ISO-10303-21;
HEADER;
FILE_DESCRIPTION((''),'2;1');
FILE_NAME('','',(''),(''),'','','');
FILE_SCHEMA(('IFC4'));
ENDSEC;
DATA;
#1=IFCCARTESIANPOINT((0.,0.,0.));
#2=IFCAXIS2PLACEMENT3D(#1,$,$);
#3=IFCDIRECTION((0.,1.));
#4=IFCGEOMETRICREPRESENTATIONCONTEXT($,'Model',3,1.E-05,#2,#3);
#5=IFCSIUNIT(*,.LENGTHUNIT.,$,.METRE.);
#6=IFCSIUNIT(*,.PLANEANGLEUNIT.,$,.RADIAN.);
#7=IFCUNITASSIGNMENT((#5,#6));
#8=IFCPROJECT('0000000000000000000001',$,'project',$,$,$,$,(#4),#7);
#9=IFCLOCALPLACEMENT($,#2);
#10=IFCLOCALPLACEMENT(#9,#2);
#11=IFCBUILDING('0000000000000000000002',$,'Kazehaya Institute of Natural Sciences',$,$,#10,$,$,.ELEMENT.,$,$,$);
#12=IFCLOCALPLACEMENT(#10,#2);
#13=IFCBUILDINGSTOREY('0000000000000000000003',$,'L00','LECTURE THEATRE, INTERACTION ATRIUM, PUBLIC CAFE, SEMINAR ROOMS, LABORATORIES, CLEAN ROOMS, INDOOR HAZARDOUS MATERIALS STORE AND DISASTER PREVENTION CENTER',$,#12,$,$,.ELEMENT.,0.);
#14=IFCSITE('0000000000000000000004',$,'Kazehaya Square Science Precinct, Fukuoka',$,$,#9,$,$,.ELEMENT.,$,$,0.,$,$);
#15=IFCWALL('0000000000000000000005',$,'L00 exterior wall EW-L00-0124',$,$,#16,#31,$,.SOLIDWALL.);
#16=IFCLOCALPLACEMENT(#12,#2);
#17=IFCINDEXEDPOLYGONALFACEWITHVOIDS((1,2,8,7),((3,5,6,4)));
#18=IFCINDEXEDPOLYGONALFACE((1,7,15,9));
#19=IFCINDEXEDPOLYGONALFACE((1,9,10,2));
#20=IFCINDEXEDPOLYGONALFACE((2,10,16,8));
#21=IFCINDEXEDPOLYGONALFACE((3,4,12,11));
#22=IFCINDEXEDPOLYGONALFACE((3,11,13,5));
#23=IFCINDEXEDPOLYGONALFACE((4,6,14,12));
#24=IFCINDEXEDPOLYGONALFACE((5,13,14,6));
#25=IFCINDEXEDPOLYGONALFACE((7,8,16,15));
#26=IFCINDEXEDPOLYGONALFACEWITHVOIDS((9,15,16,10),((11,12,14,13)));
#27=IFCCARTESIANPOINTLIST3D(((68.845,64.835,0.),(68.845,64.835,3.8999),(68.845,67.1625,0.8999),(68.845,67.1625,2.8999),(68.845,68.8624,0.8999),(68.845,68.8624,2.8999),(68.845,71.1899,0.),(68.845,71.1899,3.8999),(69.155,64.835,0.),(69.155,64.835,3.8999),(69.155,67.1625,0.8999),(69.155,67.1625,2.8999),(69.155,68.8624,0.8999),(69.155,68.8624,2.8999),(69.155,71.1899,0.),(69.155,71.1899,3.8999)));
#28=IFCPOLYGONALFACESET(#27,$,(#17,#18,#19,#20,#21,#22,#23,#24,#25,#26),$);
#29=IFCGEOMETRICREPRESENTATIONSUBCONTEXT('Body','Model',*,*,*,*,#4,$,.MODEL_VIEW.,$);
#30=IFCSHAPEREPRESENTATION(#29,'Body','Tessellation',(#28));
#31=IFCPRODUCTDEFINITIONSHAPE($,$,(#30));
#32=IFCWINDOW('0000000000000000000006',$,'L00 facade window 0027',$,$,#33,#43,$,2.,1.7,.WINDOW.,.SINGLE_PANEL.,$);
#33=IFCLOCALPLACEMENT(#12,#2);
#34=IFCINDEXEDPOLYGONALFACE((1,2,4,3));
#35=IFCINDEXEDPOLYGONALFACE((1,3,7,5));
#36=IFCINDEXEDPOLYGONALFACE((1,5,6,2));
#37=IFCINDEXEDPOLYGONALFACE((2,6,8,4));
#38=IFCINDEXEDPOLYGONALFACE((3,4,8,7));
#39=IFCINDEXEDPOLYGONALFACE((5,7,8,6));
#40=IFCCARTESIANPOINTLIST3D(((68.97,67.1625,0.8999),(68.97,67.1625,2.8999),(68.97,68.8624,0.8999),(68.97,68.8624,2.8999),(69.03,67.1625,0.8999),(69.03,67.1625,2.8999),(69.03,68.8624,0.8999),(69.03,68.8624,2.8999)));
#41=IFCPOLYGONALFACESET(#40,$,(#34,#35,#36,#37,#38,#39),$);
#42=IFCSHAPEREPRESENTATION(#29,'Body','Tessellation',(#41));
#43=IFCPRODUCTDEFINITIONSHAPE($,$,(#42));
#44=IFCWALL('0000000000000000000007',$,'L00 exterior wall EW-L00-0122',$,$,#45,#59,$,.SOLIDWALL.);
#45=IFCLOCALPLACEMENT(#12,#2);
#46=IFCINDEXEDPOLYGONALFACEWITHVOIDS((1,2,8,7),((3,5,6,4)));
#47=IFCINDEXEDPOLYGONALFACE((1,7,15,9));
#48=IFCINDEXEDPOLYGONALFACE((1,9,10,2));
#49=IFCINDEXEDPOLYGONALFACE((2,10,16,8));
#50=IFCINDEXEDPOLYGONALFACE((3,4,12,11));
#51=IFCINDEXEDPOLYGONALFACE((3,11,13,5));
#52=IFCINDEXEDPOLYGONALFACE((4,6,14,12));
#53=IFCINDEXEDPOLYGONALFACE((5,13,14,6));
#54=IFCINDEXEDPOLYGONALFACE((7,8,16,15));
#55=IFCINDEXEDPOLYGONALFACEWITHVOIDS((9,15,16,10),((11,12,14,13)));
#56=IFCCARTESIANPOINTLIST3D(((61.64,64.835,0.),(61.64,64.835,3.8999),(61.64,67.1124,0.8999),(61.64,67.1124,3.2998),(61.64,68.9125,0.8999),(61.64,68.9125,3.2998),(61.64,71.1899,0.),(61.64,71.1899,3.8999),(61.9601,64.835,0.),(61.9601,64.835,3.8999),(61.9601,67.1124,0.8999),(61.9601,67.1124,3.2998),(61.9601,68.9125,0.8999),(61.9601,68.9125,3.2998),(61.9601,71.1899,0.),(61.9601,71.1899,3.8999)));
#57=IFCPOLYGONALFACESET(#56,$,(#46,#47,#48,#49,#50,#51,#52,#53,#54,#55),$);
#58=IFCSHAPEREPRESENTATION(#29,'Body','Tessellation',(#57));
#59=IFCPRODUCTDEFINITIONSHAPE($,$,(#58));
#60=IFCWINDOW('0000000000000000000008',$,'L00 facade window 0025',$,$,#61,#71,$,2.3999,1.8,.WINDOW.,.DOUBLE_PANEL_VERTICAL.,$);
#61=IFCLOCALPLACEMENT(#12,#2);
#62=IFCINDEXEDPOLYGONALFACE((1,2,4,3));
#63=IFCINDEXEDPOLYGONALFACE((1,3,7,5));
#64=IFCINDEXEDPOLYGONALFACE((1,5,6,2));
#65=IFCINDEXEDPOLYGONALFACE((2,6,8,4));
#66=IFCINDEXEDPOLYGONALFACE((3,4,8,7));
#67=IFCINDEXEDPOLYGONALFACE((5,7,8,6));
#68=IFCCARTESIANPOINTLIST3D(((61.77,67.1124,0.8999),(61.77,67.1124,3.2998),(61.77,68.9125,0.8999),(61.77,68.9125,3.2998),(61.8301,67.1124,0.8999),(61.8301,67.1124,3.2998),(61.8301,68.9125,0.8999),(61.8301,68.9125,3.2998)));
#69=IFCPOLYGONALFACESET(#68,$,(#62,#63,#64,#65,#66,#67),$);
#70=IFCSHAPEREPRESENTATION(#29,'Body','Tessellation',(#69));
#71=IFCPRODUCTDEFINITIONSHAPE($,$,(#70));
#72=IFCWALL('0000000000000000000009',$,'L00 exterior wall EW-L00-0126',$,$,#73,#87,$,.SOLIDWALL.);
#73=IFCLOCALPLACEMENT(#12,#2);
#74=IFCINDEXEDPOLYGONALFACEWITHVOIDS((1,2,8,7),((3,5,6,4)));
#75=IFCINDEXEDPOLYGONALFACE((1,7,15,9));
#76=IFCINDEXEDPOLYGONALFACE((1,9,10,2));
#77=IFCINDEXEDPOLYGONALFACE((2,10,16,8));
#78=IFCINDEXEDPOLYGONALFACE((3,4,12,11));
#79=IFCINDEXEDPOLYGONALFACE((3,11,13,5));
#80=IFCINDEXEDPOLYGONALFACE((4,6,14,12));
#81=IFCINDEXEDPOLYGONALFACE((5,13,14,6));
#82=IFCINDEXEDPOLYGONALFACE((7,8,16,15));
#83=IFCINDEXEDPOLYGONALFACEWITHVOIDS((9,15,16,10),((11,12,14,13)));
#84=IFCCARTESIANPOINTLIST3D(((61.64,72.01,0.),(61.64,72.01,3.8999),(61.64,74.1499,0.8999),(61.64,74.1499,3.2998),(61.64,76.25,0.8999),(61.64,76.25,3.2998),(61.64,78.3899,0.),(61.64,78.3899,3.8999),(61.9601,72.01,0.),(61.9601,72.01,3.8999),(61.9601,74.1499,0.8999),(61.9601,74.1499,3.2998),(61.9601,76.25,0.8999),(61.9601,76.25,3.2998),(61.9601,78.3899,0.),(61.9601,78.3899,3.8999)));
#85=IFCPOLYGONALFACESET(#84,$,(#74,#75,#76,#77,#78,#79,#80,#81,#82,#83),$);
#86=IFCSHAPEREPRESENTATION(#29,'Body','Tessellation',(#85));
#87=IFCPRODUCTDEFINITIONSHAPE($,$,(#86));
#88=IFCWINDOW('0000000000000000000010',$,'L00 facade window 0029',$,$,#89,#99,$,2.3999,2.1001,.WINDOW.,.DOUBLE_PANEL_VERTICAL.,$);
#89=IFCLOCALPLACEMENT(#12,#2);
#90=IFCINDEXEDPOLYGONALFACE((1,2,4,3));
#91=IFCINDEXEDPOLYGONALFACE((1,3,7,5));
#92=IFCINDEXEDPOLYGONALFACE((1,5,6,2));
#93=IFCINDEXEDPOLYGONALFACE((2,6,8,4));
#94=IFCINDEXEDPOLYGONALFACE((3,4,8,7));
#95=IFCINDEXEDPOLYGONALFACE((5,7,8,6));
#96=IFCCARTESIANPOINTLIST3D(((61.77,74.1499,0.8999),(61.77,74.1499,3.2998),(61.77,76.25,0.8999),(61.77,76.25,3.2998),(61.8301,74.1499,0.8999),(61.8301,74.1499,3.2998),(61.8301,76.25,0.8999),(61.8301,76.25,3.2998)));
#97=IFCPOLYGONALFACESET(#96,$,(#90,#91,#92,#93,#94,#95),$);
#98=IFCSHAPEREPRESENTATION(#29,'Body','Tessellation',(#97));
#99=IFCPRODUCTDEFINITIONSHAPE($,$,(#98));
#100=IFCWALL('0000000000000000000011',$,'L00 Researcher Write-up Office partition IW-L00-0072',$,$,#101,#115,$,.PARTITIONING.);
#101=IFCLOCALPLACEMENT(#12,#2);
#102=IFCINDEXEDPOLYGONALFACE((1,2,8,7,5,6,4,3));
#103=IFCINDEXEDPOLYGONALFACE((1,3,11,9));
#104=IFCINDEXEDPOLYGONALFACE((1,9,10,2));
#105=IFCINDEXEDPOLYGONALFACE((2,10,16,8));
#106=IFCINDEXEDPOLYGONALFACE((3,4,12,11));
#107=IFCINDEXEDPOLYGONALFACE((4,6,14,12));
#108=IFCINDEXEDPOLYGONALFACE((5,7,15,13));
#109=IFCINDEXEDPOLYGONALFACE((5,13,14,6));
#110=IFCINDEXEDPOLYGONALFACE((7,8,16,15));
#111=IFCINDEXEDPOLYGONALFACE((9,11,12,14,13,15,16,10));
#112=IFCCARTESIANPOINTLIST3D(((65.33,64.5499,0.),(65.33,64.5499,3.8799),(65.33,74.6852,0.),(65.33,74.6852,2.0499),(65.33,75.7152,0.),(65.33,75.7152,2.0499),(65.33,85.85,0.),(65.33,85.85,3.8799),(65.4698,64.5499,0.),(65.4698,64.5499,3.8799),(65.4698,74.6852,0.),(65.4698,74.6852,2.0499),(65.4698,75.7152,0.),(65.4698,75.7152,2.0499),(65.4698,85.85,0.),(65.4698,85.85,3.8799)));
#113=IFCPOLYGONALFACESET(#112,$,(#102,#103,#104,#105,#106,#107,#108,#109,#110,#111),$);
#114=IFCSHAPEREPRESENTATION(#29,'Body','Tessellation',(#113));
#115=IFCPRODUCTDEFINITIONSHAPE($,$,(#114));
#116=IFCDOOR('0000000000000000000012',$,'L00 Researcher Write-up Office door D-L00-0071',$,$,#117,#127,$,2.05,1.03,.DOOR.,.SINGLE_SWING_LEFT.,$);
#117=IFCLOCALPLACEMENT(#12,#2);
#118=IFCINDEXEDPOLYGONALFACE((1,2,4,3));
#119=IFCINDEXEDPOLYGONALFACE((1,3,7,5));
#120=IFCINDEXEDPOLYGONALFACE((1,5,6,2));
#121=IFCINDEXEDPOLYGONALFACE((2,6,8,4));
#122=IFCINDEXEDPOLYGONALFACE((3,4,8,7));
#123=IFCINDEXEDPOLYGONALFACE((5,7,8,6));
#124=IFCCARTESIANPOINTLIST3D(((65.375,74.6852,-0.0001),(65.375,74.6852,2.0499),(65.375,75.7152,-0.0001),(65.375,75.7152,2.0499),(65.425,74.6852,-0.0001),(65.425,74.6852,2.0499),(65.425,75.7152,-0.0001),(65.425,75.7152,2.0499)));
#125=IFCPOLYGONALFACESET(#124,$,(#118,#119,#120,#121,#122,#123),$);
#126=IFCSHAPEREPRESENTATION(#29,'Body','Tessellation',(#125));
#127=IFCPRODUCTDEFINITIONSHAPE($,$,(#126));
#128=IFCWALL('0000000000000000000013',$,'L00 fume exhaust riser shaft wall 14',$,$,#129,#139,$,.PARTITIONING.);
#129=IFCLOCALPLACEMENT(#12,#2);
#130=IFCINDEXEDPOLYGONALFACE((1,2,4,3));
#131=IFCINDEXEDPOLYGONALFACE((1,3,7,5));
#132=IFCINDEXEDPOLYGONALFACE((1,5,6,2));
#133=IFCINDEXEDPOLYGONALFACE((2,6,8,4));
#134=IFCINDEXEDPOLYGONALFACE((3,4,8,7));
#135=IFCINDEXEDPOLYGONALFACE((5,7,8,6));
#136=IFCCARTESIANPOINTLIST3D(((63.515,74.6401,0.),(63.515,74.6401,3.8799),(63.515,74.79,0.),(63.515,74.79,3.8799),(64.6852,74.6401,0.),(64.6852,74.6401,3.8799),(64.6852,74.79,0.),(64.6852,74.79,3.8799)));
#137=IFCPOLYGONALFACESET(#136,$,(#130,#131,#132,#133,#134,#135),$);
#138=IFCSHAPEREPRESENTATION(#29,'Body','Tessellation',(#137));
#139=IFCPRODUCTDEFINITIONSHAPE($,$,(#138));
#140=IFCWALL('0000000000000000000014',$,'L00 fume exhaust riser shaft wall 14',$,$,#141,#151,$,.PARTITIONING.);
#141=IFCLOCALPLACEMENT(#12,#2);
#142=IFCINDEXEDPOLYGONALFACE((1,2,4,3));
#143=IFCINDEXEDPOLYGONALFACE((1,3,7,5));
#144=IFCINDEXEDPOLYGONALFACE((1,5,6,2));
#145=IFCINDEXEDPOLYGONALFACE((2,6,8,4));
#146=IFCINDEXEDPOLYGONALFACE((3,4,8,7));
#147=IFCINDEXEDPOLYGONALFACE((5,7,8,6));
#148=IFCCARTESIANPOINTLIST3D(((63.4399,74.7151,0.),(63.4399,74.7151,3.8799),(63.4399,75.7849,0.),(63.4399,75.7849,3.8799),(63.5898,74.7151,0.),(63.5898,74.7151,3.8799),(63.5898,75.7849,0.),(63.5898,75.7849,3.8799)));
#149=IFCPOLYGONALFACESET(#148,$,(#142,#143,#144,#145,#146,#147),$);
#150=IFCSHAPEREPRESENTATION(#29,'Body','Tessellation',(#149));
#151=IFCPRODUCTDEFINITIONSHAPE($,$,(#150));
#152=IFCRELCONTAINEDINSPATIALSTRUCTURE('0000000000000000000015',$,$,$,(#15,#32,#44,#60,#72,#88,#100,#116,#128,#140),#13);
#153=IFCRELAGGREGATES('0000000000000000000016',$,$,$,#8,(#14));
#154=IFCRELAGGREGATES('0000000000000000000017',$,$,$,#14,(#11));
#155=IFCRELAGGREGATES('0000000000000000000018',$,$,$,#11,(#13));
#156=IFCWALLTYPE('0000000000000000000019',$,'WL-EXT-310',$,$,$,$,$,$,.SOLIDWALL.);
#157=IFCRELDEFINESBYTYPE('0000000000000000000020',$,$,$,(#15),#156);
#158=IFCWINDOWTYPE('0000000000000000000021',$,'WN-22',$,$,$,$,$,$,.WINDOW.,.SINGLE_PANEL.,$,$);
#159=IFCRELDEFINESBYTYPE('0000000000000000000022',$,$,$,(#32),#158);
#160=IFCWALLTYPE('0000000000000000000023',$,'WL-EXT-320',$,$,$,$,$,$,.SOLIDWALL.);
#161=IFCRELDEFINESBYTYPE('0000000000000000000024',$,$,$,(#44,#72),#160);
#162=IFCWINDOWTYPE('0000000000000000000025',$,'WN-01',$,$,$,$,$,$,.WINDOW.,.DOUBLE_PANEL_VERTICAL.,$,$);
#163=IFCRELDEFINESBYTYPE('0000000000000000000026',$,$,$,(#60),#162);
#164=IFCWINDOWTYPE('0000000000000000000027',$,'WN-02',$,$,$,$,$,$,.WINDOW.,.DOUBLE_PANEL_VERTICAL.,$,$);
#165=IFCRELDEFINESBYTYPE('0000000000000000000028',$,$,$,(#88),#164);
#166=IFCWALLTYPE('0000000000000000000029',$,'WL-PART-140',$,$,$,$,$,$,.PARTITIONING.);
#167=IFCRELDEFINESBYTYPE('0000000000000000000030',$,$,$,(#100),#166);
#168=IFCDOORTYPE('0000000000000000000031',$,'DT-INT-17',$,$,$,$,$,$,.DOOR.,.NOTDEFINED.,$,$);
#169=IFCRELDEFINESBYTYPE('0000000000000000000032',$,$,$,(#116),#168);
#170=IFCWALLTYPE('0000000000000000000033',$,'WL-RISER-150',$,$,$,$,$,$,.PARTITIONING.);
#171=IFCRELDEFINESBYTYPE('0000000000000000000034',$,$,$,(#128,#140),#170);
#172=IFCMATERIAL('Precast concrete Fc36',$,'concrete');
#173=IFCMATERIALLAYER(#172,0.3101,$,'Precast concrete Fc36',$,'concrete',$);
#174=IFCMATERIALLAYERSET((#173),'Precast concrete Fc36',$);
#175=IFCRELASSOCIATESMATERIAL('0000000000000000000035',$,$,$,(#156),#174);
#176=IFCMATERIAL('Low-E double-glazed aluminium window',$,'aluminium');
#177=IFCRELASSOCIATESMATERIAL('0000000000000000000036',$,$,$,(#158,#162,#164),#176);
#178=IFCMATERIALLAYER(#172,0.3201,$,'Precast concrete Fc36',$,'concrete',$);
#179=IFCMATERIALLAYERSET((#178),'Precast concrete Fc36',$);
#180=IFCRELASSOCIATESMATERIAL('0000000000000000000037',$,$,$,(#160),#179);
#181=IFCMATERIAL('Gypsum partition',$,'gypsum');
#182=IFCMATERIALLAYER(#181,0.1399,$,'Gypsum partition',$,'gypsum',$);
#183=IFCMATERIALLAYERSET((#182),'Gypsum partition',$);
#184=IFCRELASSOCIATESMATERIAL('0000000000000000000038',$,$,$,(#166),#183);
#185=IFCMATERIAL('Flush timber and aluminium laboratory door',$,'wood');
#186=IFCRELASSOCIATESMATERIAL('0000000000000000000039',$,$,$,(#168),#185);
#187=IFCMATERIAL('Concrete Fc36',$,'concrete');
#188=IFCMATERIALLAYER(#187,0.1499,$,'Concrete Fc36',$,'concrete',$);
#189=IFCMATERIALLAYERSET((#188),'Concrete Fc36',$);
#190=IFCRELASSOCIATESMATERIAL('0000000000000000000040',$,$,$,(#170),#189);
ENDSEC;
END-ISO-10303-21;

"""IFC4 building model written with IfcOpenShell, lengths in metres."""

from ifc_helpers import new_model, si_unit, direction, frame, frame_2d, origin, place, context, subcontext, project, spatial, rectangle, extrude, material, layer, layer_set, type_object, element, fill, save


model = new_model("IFC4")

# Units and contexts
model_context = context("Model", 3, precision=1e-05, world=origin(), true_north=direction((0.0, 1.0)))
body_context = subcontext(model_context, "Body", "Model", "MODEL_VIEW")
ifc_project = project(units=[si_unit("LENGTHUNIT", "METRE"), si_unit("PLANEANGLEUNIT", "RADIAN")], contexts=[model_context])

# Site, building, storey
site_placement = place(None, origin())
site = spatial("IfcSite", under=ifc_project, at=site_placement, Name="Kazehaya Square Science Precinct, Fukuoka", CompositionType="ELEMENT", RefElevation=0.0)
building_placement = place(site_placement, origin())
building = spatial("IfcBuilding", under=site, at=building_placement, Name="Kazehaya Institute of Natural Sciences", CompositionType="ELEMENT")
storey_placement = place(building_placement, origin())
storey = spatial("IfcBuildingStorey", under=building, at=storey_placement, Name="L00", Description="LECTURE THEATRE, INTERACTION ATRIUM, PUBLIC CAFE, SEMINAR ROOMS, LABORATORIES, CLEAN ROOMS, INDOOR HAZARDOUS MATERIALS STORE AND DISASTER PREVENTION CENTER", CompositionType="ELEMENT", Elevation=0.0)

# Shared definitions
ifc_material_1 = material(Name="Concrete Fc36", Category="concrete")

# Walls, openings, windows
ifc_material_2 = material(Name="Precast concrete Fc36", Category="concrete")
ifc_layer_1 = layer(ifc_material_2, 0.3101, Name="Precast concrete Fc36", Category="concrete")
ifc_layer_set_1 = layer_set([ifc_layer_1], Name="Precast concrete Fc36")
wall_type_1 = type_object("IfcWallType", Name="WL-EXT-310", PredefinedType="SOLIDWALL", material=ifc_layer_set_1)
ifc_material_3 = material(Name="Low-E double-glazed aluminium window", Category="aluminium")
wall_1_placement = place(storey_placement, frame((69.0, 71.1899, 0.0), z_axis=(0.0, 0.0, 1.0), x_axis=(0.0, -1.0, 0.0)))
wall_1 = element("IfcWall", 1, at=wall_1_placement, inside=storey, type_object=wall_type_1, Name="L00 exterior wall EW-L00-0124", PredefinedType="SOLIDWALL", context=body_context, shape_type="SweptSolid", body=[
    extrude(rectangle(XDim=6.355, YDim=0.3101, at=frame_2d((3.1775, 0.0))), origin(), (0.0, 0.0, 1.0), 3.8999),
])
opening_1_placement = place(wall_1_placement, frame((2.3274, 0.0, 0.8999)))
opening_1 = element("IfcOpeningElement", 2, at=opening_1_placement, cuts=wall_1, PredefinedType="OPENING", context=body_context, shape_type="SweptSolid", body=[
    extrude(rectangle(XDim=1.7, YDim=2.0, at=frame_2d((0.8501, 1.0))), frame((0.0, 0.165, 0.0), z_axis=(0.0, -1.0, 0.0), x_axis=(1.0, 0.0, 0.0)), (0.0, 0.0, 1.0), 0.3301),
])
window_type_1 = type_object("IfcWindowType", Name="WN-22", PartitioningType="SINGLE_PANEL", PredefinedType="WINDOW", material=ifc_material_3)
window_1_placement = place(opening_1_placement, origin())
window_1 = element("IfcWindow", 3, at=window_1_placement, inside=storey, type_object=window_type_1, Name="L00 facade window 0027", OverallHeight=2.0, OverallWidth=1.7, PartitioningType="SINGLE_PANEL", PredefinedType="WINDOW", context=body_context, shape_type="SweptSolid", body=[
    extrude(rectangle(XDim=1.7, YDim=2.0, at=frame_2d((0.8501, 1.0))), frame((0.0, 0.03, 0.0), z_axis=(0.0, -1.0, 0.0), x_axis=(1.0, 0.0, 0.0)), (0.0, 0.0, 1.0), 0.0601),
])
fill(opening_1, window_1)
ifc_layer_2 = layer(ifc_material_2, 0.3201, Name="Precast concrete Fc36", Category="concrete")
ifc_layer_set_2 = layer_set([ifc_layer_2], Name="Precast concrete Fc36")
wall_type_2 = type_object("IfcWallType", Name="WL-EXT-320", PredefinedType="SOLIDWALL", material=ifc_layer_set_2)
wall_2_placement = place(storey_placement, frame((61.8, 64.835, 0.0), z_axis=(0.0, 0.0, 1.0), x_axis=(0.0, 1.0, 0.0)))
wall_2 = element("IfcWall", 4, at=wall_2_placement, inside=storey, type_object=wall_type_2, Name="L00 exterior wall EW-L00-0122", PredefinedType="SOLIDWALL", context=body_context, shape_type="SweptSolid", body=[
    extrude(rectangle(XDim=6.355, YDim=0.3201, at=frame_2d((3.1775, 0.0))), origin(), (0.0, 0.0, 1.0), 3.8999),
])
opening_2_placement = place(wall_2_placement, frame((2.2776, 0.0, 0.8999)))
opening_2 = element("IfcOpeningElement", 5, at=opening_2_placement, cuts=wall_2, PredefinedType="OPENING", context=body_context, shape_type="SweptSolid", body=[
    extrude(rectangle(XDim=1.8, YDim=2.3999, at=frame_2d((0.8999, 1.2))), frame((0.0, 0.1699, 0.0), z_axis=(0.0, -1.0, 0.0), x_axis=(1.0, 0.0, 0.0)), (0.0, 0.0, 1.0), 0.3401),
])
window_type_2 = type_object("IfcWindowType", Name="WN-01", PartitioningType="DOUBLE_PANEL_VERTICAL", PredefinedType="WINDOW", material=ifc_material_3)
window_2_placement = place(opening_2_placement, origin())
window_2 = element("IfcWindow", 6, at=window_2_placement, inside=storey, type_object=window_type_2, Name="L00 facade window 0025", OverallHeight=2.3999, OverallWidth=1.8, PartitioningType="DOUBLE_PANEL_VERTICAL", PredefinedType="WINDOW", context=body_context, shape_type="SweptSolid", body=[
    extrude(rectangle(XDim=1.8, YDim=2.3999, at=frame_2d((0.8999, 1.2))), frame((0.0, 0.03, 0.0), z_axis=(0.0, -1.0, 0.0), x_axis=(1.0, 0.0, 0.0)), (0.0, 0.0, 1.0), 0.0601),
])
fill(opening_2, window_2)
wall_3_placement = place(storey_placement, frame((61.8, 72.01, 0.0), z_axis=(0.0, 0.0, 1.0), x_axis=(0.0, 1.0, 0.0)))
wall_3 = element("IfcWall", 7, at=wall_3_placement, inside=storey, type_object=wall_type_2, Name="L00 exterior wall EW-L00-0126", PredefinedType="SOLIDWALL", context=body_context, shape_type="SweptSolid", body=[
    extrude(rectangle(XDim=6.3799, YDim=0.3201, at=frame_2d((3.1899, 0.0))), origin(), (0.0, 0.0, 1.0), 3.8999),
])
opening_3_placement = place(wall_3_placement, frame((2.1399, 0.0, 0.8999)))
opening_3 = element("IfcOpeningElement", 8, at=opening_3_placement, cuts=wall_3, PredefinedType="OPENING", context=body_context, shape_type="SweptSolid", body=[
    extrude(rectangle(XDim=2.1001, YDim=2.3999, at=frame_2d((1.05, 1.2))), frame((0.0, 0.1699, 0.0), z_axis=(0.0, -1.0, 0.0), x_axis=(1.0, 0.0, 0.0)), (0.0, 0.0, 1.0), 0.3401),
])
window_type_3 = type_object("IfcWindowType", Name="WN-02", PartitioningType="DOUBLE_PANEL_VERTICAL", PredefinedType="WINDOW", material=ifc_material_3)
window_3_placement = place(opening_3_placement, origin())
window_3 = element("IfcWindow", 9, at=window_3_placement, inside=storey, type_object=window_type_3, Name="L00 facade window 0029", OverallHeight=2.3999, OverallWidth=2.1001, PartitioningType="DOUBLE_PANEL_VERTICAL", PredefinedType="WINDOW", context=body_context, shape_type="SweptSolid", body=[
    extrude(rectangle(XDim=2.1001, YDim=2.3999, at=frame_2d((1.05, 1.2))), frame((0.0, 0.03, 0.0), z_axis=(0.0, -1.0, 0.0), x_axis=(1.0, 0.0, 0.0)), (0.0, 0.0, 1.0), 0.0601),
])
fill(opening_3, window_3)

# Wall, opening, door
ifc_material_4 = material(Name="Gypsum partition", Category="gypsum")
ifc_layer_3 = layer(ifc_material_4, 0.1399, Name="Gypsum partition", Category="gypsum")
ifc_layer_set_3 = layer_set([ifc_layer_3], Name="Gypsum partition")
wall_type_3 = type_object("IfcWallType", Name="WL-PART-140", PredefinedType="PARTITIONING", material=ifc_layer_set_3)
wall_4_placement = place(storey_placement, frame((65.3999, 64.55, 0.0), z_axis=(0.0, 0.0, 1.0), x_axis=(0.0, 1.0, 0.0)))
wall_4 = element("IfcWall", 10, at=wall_4_placement, inside=storey, type_object=wall_type_3, Name="L00 Researcher Write-up Office partition IW-L00-0072", PredefinedType="PARTITIONING", context=body_context, shape_type="SweptSolid", body=[
    extrude(rectangle(XDim=21.3, YDim=0.1399, at=frame_2d((10.6499, 0.0))), origin(), (0.0, 0.0, 1.0), 3.8799),
])
opening_4_placement = place(wall_4_placement, frame((10.135, 0.0, 0.0)))
opening_4 = element("IfcOpeningElement", 11, at=opening_4_placement, cuts=wall_4, PredefinedType="OPENING", context=body_context, shape_type="SweptSolid", body=[
    extrude(rectangle(XDim=1.03, YDim=2.05, at=frame_2d((0.5151, 1.0249))), frame((0.0, 0.0798, 0.0), z_axis=(0.0, -1.0, 0.0), x_axis=(1.0, 0.0, 0.0)), (0.0, 0.0, 1.0), 0.1599),
])
ifc_material_5 = material(Name="Flush timber and aluminium laboratory door", Category="wood")
door_type = type_object("IfcDoorType", Name="DT-INT-17", OperationType="NOTDEFINED", PredefinedType="DOOR", material=ifc_material_5)
door_placement = place(opening_4_placement, origin())
door = element("IfcDoor", 12, at=door_placement, inside=storey, type_object=door_type, Name="L00 Researcher Write-up Office door D-L00-0071", OperationType="SINGLE_SWING_LEFT", OverallHeight=2.05, OverallWidth=1.03, PredefinedType="DOOR", context=body_context, shape_type="SweptSolid", body=[
    extrude(rectangle(XDim=1.03, YDim=2.05, at=frame_2d((0.5151, 1.0249))), frame((0.0, 0.0249, 0.0), z_axis=(0.0, -1.0, 0.0), x_axis=(1.0, 0.0, 0.0)), (0.0, 0.0, 1.0), 0.05),
])
fill(opening_4, door)

# Walls
ifc_layer_4 = layer(ifc_material_1, 0.1499, Name="Concrete Fc36", Category="concrete")
ifc_layer_set_4 = layer_set([ifc_layer_4], Name="Concrete Fc36")
wall_type_4 = type_object("IfcWallType", Name="WL-RISER-150", PredefinedType="PARTITIONING", material=ifc_layer_set_4)
wall_5_placement = place(storey_placement, frame((64.6851, 74.7151, 0.0), z_axis=(0.0, 0.0, 1.0), x_axis=(-1.0, 0.0, 0.0)))
element("IfcWall", 13, at=wall_5_placement, inside=storey, type_object=wall_type_4, Name="L00 fume exhaust riser shaft wall 14", PredefinedType="PARTITIONING", context=body_context, shape_type="SweptSolid", body=[
    extrude(rectangle(XDim=1.1702, YDim=0.1499, at=frame_2d((0.585, 0.0))), origin(), (0.0, 0.0, 1.0), 3.8799),
])
wall_6_placement = place(storey_placement, frame((63.5149, 74.7151, 0.0), z_axis=(0.0, 0.0, 1.0), x_axis=(0.0, 1.0, 0.0)))
element("IfcWall", 14, at=wall_6_placement, inside=storey, type_object=wall_type_4, Name="L00 fume exhaust riser shaft wall 14", PredefinedType="PARTITIONING", context=body_context, shape_type="SweptSolid", body=[
    extrude(rectangle(XDim=1.0698, YDim=0.1499, at=frame_2d((0.5349, 0.0))), origin(), (0.0, 0.0, 1.0), 3.8799),
])

save(model, "model.ifc")
